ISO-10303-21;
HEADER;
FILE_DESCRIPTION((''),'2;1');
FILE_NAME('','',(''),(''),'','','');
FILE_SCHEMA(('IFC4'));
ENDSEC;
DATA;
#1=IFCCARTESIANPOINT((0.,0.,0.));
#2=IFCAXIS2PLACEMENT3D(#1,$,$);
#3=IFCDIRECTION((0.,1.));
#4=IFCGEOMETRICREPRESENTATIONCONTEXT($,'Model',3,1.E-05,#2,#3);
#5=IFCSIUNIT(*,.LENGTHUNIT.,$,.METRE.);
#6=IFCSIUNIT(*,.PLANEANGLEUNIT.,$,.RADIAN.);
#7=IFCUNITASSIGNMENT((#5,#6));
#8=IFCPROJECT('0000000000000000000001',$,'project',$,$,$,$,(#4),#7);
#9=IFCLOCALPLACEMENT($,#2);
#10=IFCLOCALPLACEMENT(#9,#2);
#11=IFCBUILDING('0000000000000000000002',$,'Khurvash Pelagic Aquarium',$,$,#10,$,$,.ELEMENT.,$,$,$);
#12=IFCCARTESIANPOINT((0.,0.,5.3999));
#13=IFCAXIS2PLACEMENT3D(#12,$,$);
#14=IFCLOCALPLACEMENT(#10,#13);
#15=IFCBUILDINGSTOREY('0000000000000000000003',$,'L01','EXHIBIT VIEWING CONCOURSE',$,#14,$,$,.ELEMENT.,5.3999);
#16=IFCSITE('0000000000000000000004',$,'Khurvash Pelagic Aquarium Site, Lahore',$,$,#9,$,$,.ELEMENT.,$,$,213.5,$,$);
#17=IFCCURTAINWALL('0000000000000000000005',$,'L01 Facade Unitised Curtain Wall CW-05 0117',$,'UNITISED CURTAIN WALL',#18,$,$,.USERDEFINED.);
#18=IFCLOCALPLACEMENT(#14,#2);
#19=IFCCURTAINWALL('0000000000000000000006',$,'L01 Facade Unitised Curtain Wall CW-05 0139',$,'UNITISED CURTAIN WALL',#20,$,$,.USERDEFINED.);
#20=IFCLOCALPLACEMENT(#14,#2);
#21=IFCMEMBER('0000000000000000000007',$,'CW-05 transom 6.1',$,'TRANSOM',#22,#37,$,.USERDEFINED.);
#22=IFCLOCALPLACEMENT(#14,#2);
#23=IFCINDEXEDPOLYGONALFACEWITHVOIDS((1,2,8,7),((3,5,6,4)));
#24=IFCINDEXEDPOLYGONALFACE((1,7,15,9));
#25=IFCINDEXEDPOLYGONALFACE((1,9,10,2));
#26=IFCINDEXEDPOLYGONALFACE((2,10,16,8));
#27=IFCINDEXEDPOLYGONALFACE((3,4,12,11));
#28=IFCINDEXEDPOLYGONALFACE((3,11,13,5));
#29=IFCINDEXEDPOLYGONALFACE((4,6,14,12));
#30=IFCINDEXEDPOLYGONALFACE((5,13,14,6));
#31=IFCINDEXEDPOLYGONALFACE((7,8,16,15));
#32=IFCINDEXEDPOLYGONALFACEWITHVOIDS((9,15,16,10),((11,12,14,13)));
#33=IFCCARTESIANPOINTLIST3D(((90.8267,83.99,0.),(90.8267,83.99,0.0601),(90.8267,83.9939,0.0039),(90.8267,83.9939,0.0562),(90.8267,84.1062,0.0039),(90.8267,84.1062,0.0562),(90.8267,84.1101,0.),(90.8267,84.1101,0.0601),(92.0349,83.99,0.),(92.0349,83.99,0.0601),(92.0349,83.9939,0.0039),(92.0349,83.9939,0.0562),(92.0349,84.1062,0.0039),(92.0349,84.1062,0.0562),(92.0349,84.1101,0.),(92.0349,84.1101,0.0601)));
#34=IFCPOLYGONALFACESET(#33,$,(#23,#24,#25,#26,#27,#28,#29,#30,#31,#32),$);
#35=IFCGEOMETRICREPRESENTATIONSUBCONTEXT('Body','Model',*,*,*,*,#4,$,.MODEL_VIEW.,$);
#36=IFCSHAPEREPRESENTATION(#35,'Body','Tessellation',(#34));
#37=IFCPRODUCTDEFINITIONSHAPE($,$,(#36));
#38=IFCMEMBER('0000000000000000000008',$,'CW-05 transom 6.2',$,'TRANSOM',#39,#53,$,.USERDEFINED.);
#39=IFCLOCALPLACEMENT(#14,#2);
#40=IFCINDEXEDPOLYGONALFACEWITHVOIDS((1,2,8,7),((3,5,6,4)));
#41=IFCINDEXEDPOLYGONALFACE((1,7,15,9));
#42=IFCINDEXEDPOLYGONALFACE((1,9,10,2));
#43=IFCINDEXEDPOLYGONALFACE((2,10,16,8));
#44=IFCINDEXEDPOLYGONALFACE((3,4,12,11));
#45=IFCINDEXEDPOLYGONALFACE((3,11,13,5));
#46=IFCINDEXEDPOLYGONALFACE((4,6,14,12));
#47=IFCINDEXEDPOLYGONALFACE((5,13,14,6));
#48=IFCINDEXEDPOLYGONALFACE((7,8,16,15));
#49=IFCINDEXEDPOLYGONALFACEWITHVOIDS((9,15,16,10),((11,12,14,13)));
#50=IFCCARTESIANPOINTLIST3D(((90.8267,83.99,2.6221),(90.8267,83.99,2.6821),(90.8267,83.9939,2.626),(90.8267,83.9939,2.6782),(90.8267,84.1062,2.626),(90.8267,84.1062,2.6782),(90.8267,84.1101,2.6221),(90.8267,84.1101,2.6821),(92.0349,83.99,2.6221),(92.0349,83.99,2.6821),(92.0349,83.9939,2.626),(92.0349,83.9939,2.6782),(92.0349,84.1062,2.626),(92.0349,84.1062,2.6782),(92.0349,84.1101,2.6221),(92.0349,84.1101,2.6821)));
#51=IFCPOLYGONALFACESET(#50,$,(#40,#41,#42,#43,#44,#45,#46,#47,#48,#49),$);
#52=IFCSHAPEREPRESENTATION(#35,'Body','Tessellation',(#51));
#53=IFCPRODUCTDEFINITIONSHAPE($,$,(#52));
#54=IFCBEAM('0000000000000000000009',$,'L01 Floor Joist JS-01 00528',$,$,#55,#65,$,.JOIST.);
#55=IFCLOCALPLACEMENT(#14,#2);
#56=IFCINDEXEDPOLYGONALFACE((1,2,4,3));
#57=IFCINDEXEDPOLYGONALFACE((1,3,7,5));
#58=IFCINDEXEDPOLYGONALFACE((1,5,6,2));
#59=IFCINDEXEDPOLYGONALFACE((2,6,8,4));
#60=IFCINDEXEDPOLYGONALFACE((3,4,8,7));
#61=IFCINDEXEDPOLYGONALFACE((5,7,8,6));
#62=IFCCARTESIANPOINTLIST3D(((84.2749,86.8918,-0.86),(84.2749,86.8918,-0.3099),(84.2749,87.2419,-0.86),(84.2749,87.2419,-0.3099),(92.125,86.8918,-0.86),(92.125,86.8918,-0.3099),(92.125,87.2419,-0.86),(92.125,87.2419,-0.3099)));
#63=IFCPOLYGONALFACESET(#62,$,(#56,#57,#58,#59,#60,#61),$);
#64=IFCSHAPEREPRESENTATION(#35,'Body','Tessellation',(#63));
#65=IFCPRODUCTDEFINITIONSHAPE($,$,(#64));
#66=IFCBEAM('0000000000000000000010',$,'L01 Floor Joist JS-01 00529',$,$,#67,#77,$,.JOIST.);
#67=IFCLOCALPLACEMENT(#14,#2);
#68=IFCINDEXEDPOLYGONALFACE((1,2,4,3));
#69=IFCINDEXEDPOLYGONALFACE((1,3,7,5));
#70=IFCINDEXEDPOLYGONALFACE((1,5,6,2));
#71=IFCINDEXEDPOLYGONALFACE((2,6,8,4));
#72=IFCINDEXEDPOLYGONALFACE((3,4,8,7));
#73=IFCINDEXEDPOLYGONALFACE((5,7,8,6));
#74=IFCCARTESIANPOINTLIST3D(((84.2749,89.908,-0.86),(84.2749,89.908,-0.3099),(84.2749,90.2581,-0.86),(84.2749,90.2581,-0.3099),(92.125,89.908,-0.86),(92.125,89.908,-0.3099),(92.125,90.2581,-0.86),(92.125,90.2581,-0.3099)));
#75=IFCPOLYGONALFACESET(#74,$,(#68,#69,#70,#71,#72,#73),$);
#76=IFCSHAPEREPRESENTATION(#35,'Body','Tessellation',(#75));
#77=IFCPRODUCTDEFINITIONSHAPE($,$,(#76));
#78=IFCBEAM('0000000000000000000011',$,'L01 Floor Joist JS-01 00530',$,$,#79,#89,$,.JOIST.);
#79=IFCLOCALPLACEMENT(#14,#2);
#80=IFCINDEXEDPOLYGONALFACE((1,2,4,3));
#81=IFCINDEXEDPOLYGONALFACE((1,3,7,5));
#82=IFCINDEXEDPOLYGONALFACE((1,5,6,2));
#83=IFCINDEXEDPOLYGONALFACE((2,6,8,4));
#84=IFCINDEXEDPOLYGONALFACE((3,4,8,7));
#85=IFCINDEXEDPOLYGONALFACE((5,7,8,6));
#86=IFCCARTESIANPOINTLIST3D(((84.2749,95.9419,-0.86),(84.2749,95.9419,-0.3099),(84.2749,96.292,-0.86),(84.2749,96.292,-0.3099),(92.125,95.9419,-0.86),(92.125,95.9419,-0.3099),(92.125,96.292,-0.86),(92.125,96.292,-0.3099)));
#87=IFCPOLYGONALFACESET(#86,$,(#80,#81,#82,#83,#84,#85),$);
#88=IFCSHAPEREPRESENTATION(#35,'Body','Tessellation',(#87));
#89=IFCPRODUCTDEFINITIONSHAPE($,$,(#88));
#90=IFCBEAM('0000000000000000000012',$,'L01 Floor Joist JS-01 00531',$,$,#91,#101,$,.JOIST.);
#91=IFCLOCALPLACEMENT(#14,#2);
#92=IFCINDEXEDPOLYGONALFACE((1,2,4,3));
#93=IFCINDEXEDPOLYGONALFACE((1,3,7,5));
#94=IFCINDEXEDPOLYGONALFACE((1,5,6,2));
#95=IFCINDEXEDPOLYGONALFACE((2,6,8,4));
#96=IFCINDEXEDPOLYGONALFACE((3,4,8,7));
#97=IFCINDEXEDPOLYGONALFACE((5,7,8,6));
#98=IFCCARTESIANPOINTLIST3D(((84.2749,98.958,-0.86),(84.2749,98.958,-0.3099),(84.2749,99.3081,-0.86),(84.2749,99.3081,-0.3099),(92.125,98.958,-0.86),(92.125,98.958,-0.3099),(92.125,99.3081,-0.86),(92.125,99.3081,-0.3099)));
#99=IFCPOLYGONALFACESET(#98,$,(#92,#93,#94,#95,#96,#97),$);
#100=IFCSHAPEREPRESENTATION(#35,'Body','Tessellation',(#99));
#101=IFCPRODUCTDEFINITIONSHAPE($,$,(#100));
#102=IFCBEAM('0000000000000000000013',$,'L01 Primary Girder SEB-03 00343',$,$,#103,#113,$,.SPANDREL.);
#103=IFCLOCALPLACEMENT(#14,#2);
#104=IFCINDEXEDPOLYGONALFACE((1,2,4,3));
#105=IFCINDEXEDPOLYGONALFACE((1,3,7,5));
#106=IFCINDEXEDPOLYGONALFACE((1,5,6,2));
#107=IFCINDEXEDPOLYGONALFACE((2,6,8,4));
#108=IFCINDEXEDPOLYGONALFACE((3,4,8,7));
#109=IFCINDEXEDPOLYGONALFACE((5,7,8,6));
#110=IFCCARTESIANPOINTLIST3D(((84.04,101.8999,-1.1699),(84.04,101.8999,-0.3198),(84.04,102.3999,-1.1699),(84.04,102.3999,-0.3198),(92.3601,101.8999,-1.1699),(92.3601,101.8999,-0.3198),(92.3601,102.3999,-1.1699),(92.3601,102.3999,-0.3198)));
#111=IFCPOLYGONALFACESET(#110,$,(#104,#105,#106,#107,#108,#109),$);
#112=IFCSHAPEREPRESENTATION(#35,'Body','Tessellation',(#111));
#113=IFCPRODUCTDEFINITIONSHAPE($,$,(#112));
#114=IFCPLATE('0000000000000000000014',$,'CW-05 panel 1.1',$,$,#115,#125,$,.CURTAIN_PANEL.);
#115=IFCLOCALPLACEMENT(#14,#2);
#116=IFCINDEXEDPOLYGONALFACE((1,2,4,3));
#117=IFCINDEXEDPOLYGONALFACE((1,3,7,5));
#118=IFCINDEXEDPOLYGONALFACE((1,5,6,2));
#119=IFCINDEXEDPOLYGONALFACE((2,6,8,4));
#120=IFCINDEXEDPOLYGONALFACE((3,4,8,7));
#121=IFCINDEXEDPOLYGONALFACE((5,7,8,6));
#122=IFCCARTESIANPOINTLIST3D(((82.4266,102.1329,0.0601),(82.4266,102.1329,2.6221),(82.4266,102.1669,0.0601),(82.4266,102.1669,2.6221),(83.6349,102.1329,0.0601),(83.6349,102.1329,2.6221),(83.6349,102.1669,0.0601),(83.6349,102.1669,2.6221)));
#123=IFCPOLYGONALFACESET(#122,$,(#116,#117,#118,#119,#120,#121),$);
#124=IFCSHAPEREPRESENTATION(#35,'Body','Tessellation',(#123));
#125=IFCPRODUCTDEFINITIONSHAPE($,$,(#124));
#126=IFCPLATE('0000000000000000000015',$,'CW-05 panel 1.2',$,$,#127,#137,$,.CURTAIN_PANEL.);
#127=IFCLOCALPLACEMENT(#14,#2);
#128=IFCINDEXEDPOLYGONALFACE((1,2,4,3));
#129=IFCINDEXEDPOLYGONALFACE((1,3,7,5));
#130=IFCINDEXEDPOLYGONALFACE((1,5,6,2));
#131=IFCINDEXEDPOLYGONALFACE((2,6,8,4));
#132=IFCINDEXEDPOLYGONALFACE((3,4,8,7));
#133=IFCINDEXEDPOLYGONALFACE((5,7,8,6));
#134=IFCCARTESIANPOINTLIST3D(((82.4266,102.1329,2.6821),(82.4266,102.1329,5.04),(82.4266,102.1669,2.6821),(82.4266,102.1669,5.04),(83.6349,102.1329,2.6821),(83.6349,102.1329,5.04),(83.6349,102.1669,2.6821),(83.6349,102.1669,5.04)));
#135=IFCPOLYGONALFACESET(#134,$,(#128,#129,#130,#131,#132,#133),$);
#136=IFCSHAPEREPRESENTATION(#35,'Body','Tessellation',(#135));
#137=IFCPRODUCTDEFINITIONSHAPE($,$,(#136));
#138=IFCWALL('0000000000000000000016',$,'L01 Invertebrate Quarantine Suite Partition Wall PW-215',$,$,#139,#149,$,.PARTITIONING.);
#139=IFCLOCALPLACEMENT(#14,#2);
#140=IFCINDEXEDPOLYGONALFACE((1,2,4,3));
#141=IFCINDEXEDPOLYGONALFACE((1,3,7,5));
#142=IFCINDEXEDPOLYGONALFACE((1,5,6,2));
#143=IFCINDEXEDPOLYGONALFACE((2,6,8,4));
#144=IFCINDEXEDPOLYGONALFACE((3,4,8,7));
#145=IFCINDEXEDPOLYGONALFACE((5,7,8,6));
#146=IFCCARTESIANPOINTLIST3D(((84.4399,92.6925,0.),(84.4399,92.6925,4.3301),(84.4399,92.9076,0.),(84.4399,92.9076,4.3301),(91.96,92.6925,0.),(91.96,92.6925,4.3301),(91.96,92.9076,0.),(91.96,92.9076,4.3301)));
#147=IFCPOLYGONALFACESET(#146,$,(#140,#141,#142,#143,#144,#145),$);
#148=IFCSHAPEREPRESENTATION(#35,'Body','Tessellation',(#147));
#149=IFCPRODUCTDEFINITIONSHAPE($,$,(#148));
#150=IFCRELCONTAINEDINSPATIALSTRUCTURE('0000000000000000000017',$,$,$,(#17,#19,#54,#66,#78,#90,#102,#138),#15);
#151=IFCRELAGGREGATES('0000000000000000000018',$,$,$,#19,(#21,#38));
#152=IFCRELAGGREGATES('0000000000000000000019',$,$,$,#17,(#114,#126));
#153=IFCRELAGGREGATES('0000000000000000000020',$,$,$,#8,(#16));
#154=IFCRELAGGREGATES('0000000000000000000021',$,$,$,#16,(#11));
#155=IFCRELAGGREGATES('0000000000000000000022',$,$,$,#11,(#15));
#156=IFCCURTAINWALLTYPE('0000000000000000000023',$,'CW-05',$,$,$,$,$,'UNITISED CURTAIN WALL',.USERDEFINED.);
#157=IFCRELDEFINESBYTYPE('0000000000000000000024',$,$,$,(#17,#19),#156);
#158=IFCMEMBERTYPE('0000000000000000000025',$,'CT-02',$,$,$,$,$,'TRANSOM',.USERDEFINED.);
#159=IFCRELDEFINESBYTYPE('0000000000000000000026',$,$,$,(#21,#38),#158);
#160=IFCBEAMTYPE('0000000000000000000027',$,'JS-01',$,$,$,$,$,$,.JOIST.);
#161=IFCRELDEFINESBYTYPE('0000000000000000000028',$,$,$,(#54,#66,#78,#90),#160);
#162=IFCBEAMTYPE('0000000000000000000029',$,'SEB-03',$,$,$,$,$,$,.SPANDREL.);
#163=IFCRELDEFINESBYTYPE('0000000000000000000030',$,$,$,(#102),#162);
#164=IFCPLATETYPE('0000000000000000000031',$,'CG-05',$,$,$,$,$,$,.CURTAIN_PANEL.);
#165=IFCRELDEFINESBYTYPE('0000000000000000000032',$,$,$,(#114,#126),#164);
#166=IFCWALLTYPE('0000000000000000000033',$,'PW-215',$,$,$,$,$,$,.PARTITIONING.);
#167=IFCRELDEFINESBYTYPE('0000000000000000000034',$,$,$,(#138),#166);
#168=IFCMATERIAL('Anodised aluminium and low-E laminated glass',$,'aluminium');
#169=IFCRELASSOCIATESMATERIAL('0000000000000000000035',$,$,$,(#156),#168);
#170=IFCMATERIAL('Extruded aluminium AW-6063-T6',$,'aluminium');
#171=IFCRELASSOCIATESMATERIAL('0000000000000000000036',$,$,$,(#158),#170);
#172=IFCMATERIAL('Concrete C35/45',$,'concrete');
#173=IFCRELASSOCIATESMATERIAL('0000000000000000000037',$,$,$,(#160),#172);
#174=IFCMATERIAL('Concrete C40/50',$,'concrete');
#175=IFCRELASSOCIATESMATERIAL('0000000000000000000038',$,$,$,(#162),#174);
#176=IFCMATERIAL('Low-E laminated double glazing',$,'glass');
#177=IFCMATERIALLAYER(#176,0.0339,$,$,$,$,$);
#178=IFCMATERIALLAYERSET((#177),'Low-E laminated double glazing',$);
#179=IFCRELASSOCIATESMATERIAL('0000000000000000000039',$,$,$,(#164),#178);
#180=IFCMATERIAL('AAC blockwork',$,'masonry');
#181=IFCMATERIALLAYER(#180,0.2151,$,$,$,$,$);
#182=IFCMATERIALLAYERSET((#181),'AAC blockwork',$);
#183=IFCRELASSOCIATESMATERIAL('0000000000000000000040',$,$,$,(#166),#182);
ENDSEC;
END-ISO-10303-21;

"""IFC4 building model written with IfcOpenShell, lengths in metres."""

from ifc_helpers import new_model, si_unit, direction, frame, frame_2d, origin, origin_2d, place, context, subcontext, project, spatial, rectangle, hollow_rectangle, extrude, material, layer, layer_set, material_profile, profile_set, type_object, element, aggregate, save


model = new_model("IFC4")

# Units and contexts
model_context = context("Model", 3, precision=1e-05, world=origin(), true_north=direction((0.0, 1.0)))
body_context = subcontext(model_context, "Body", "Model", "MODEL_VIEW")
ifc_project = project(units=[si_unit("LENGTHUNIT", "METRE"), si_unit("PLANEANGLEUNIT", "RADIAN")], contexts=[model_context])

# Site, building, storey
site_placement = place(None, origin())
site = spatial("IfcSite", under=ifc_project, at=site_placement, Name="Khurvash Pelagic Aquarium Site, Lahore", CompositionType="ELEMENT", RefElevation=213.5)
building_placement = place(site_placement, origin())
building = spatial("IfcBuilding", under=site, at=building_placement, Name="Khurvash Pelagic Aquarium", CompositionType="ELEMENT")
storey_placement = place(building_placement, frame((0.0, 0.0, 5.3999)))
storey = spatial("IfcBuildingStorey", under=building, at=storey_placement, Name="L01", Description="EXHIBIT VIEWING CONCOURSE", CompositionType="ELEMENT", Elevation=5.3999)

# Shared definitions
ifc_material_1 = material(Name="Concrete C40/50", Category="concrete")

# Curtain walls, members
ifc_material_2 = material(Name="Anodised aluminium and low-E laminated glass", Category="aluminium")
curtain_wall_type = type_object("IfcCurtainWallType", Name="CW-05", ElementType="UNITISED CURTAIN WALL", PredefinedType="USERDEFINED", material=ifc_material_2)
curtain_wall_1_placement = place(storey_placement, origin())
curtain_wall_1 = element("IfcCurtainWall", 1, at=curtain_wall_1_placement, inside=storey, type_object=curtain_wall_type, Name="L01 Facade Unitised Curtain Wall CW-05 0117", ObjectType="UNITISED CURTAIN WALL", PredefinedType="USERDEFINED")
ifc_material_3 = material(Name="Extruded aluminium AW-6063-T6", Category="aluminium")
ifc_material_profile_1 = material_profile(ifc_material_3, hollow_rectangle(XDim=0.1201, YDim=0.0601, WallThickness=0.0039, at=origin_2d()), Name="CWT120X60X4")
ifc_profile_set_1 = profile_set([ifc_material_profile_1], Name="Extruded aluminium AW-6063-T6")
member_type_1 = type_object("IfcMemberType", Name="CT-02", ElementType="TRANSOM", PredefinedType="USERDEFINED", material=ifc_profile_set_1)
curtain_wall_2_placement = place(storey_placement, origin())
curtain_wall_2 = element("IfcCurtainWall", 2, at=curtain_wall_2_placement, inside=storey, type_object=curtain_wall_type, Name="L01 Facade Unitised Curtain Wall CW-05 0139", ObjectType="UNITISED CURTAIN WALL", PredefinedType="USERDEFINED")
member_1_placement = place(storey_placement, frame((90.8267, 84.05, 0.03), z_axis=(1.0, 0.0, 0.0), x_axis=(0.0, 1.0, 0.0)))
member_1 = element("IfcMember", 3, at=member_1_placement, type_object=member_type_1, Name="CW-05 transom 6.1", ObjectType="TRANSOM", PredefinedType="USERDEFINED", context=body_context, shape_type="SweptSolid", body=[
    extrude(hollow_rectangle(XDim=0.1201, YDim=0.0601, WallThickness=0.0039, at=origin_2d()), origin(), (0.0, 0.0, 1.0), 1.2083),
])
member_2_placement = place(storey_placement, frame((90.8267, 84.05, 2.6521), z_axis=(1.0, 0.0, 0.0), x_axis=(0.0, 1.0, 0.0)))
member_2 = element("IfcMember", 4, at=member_2_placement, type_object=member_type_1, Name="CW-05 transom 6.2", ObjectType="TRANSOM", PredefinedType="USERDEFINED", context=body_context, shape_type="SweptSolid", body=[
    extrude(hollow_rectangle(XDim=0.1201, YDim=0.0601, WallThickness=0.0039, at=origin_2d()), origin(), (0.0, 0.0, 1.0), 1.2083),
])
aggregate(curtain_wall_2, [member_1, member_2])

# Beams
ifc_material_4 = material(Name="Concrete C35/45", Category="concrete")
ifc_material_profile_2 = material_profile(ifc_material_4, rectangle(XDim=0.3501, YDim=0.55, at=origin_2d()), Name="RC350X550")
ifc_profile_set_2 = profile_set([ifc_material_profile_2], Name="Concrete C35/45")
beam_type_1 = type_object("IfcBeamType", Name="JS-01", PredefinedType="JOIST", material=ifc_profile_set_2)
for number, where, z_axis, x_axis, name in (
    (5, (84.2749, 87.0669, -0.585), (1.0, 0.0, 0.0), (0.0, 1.0, 0.0), "L01 Floor Joist JS-01 00528"),
    (6, (84.2749, 90.083, -0.585), (1.0, 0.0, 0.0), (0.0, 1.0, 0.0), "L01 Floor Joist JS-01 00529"),
    (7, (84.2749, 96.1169, -0.585), (1.0, 0.0, 0.0), (0.0, 1.0, 0.0), "L01 Floor Joist JS-01 00530"),
    (8, (84.2749, 99.1331, -0.585), (1.0, 0.0, 0.0), (0.0, 1.0, 0.0), "L01 Floor Joist JS-01 00531"),
):
    element("IfcBeam", number, at=place(storey_placement, frame(where, z_axis=z_axis, x_axis=x_axis)), inside=storey, type_object=beam_type_1, Name=name, PredefinedType="JOIST", context=body_context, shape_type="SweptSolid", body=[
        extrude(rectangle(XDim=0.3501, YDim=0.55, at=origin_2d()), origin(), (0.0, 0.0, 1.0), 7.8501),
    ])
ifc_material_profile_3 = material_profile(ifc_material_1, rectangle(XDim=0.5, YDim=0.8501, at=origin_2d()), Name="RC500X850")
ifc_profile_set_3 = profile_set([ifc_material_profile_3], Name="Concrete C40/50")
beam_type_2 = type_object("IfcBeamType", Name="SEB-03", PredefinedType="SPANDREL", material=ifc_profile_set_3)
beam_1_placement = place(storey_placement, frame((84.04, 102.1499, -0.7449), z_axis=(1.0, 0.0, 0.0), x_axis=(0.0, 1.0, 0.0)))
element("IfcBeam", 9, at=beam_1_placement, inside=storey, type_object=beam_type_2, Name="L01 Primary Girder SEB-03 00343", PredefinedType="SPANDREL", context=body_context, shape_type="SweptSolid", body=[
    extrude(rectangle(XDim=0.5, YDim=0.8501, at=origin_2d()), origin(), (0.0, 0.0, 1.0), 8.3201),
])

# Plates
ifc_material_5 = material(Name="Low-E laminated double glazing", Category="glass")
ifc_layer_1 = layer(ifc_material_5, 0.0339)
ifc_layer_set_1 = layer_set([ifc_layer_1], Name="Low-E laminated double glazing")
plate_type = type_object("IfcPlateType", Name="CG-05", PredefinedType="CURTAIN_PANEL", material=ifc_layer_set_1)
plate_1_placement = place(storey_placement, frame((83.0308, 102.1499, 0.0601), z_axis=(0.0, 0.0, 1.0), x_axis=(-1.0, 0.0, 0.0)))
plate_1 = element("IfcPlate", 10, at=plate_1_placement, type_object=plate_type, Name="CW-05 panel 1.1", PredefinedType="CURTAIN_PANEL", context=body_context, shape_type="SweptSolid", body=[
    extrude(rectangle(XDim=1.2083, YDim=0.0339, at=origin_2d()), origin(), (0.0, 0.0, 1.0), 2.562),
])
plate_2_placement = place(storey_placement, frame((83.0308, 102.1499, 2.6821), z_axis=(0.0, 0.0, 1.0), x_axis=(-1.0, 0.0, 0.0)))
plate_2 = element("IfcPlate", 11, at=plate_2_placement, type_object=plate_type, Name="CW-05 panel 1.2", PredefinedType="CURTAIN_PANEL", context=body_context, shape_type="SweptSolid", body=[
    extrude(rectangle(XDim=1.2083, YDim=0.0339, at=origin_2d()), origin(), (0.0, 0.0, 1.0), 2.3579),
])
aggregate(curtain_wall_1, [plate_1, plate_2])

# Wall
ifc_material_6 = material(Name="AAC blockwork", Category="masonry")
ifc_layer_2 = layer(ifc_material_6, 0.2151)
ifc_layer_set_2 = layer_set([ifc_layer_2], Name="AAC blockwork")
wall_type = type_object("IfcWallType", Name="PW-215", PredefinedType="PARTITIONING", material=ifc_layer_set_2)
wall_placement = place(storey_placement, frame((84.4399, 92.8, 0.0), z_axis=(0.0, 0.0, 1.0), x_axis=(1.0, 0.0, 0.0)))
element("IfcWall", 12, at=wall_placement, inside=storey, type_object=wall_type, Name="L01 Invertebrate Quarantine Suite Partition Wall PW-215", PredefinedType="PARTITIONING", context=body_context, shape_type="SweptSolid", body=[
    extrude(rectangle(XDim=7.52, YDim=0.2151, at=frame_2d((3.76, 0.0))), origin(), (0.0, 0.0, 1.0), 4.3301),
])

save(model, "model.ifc")
